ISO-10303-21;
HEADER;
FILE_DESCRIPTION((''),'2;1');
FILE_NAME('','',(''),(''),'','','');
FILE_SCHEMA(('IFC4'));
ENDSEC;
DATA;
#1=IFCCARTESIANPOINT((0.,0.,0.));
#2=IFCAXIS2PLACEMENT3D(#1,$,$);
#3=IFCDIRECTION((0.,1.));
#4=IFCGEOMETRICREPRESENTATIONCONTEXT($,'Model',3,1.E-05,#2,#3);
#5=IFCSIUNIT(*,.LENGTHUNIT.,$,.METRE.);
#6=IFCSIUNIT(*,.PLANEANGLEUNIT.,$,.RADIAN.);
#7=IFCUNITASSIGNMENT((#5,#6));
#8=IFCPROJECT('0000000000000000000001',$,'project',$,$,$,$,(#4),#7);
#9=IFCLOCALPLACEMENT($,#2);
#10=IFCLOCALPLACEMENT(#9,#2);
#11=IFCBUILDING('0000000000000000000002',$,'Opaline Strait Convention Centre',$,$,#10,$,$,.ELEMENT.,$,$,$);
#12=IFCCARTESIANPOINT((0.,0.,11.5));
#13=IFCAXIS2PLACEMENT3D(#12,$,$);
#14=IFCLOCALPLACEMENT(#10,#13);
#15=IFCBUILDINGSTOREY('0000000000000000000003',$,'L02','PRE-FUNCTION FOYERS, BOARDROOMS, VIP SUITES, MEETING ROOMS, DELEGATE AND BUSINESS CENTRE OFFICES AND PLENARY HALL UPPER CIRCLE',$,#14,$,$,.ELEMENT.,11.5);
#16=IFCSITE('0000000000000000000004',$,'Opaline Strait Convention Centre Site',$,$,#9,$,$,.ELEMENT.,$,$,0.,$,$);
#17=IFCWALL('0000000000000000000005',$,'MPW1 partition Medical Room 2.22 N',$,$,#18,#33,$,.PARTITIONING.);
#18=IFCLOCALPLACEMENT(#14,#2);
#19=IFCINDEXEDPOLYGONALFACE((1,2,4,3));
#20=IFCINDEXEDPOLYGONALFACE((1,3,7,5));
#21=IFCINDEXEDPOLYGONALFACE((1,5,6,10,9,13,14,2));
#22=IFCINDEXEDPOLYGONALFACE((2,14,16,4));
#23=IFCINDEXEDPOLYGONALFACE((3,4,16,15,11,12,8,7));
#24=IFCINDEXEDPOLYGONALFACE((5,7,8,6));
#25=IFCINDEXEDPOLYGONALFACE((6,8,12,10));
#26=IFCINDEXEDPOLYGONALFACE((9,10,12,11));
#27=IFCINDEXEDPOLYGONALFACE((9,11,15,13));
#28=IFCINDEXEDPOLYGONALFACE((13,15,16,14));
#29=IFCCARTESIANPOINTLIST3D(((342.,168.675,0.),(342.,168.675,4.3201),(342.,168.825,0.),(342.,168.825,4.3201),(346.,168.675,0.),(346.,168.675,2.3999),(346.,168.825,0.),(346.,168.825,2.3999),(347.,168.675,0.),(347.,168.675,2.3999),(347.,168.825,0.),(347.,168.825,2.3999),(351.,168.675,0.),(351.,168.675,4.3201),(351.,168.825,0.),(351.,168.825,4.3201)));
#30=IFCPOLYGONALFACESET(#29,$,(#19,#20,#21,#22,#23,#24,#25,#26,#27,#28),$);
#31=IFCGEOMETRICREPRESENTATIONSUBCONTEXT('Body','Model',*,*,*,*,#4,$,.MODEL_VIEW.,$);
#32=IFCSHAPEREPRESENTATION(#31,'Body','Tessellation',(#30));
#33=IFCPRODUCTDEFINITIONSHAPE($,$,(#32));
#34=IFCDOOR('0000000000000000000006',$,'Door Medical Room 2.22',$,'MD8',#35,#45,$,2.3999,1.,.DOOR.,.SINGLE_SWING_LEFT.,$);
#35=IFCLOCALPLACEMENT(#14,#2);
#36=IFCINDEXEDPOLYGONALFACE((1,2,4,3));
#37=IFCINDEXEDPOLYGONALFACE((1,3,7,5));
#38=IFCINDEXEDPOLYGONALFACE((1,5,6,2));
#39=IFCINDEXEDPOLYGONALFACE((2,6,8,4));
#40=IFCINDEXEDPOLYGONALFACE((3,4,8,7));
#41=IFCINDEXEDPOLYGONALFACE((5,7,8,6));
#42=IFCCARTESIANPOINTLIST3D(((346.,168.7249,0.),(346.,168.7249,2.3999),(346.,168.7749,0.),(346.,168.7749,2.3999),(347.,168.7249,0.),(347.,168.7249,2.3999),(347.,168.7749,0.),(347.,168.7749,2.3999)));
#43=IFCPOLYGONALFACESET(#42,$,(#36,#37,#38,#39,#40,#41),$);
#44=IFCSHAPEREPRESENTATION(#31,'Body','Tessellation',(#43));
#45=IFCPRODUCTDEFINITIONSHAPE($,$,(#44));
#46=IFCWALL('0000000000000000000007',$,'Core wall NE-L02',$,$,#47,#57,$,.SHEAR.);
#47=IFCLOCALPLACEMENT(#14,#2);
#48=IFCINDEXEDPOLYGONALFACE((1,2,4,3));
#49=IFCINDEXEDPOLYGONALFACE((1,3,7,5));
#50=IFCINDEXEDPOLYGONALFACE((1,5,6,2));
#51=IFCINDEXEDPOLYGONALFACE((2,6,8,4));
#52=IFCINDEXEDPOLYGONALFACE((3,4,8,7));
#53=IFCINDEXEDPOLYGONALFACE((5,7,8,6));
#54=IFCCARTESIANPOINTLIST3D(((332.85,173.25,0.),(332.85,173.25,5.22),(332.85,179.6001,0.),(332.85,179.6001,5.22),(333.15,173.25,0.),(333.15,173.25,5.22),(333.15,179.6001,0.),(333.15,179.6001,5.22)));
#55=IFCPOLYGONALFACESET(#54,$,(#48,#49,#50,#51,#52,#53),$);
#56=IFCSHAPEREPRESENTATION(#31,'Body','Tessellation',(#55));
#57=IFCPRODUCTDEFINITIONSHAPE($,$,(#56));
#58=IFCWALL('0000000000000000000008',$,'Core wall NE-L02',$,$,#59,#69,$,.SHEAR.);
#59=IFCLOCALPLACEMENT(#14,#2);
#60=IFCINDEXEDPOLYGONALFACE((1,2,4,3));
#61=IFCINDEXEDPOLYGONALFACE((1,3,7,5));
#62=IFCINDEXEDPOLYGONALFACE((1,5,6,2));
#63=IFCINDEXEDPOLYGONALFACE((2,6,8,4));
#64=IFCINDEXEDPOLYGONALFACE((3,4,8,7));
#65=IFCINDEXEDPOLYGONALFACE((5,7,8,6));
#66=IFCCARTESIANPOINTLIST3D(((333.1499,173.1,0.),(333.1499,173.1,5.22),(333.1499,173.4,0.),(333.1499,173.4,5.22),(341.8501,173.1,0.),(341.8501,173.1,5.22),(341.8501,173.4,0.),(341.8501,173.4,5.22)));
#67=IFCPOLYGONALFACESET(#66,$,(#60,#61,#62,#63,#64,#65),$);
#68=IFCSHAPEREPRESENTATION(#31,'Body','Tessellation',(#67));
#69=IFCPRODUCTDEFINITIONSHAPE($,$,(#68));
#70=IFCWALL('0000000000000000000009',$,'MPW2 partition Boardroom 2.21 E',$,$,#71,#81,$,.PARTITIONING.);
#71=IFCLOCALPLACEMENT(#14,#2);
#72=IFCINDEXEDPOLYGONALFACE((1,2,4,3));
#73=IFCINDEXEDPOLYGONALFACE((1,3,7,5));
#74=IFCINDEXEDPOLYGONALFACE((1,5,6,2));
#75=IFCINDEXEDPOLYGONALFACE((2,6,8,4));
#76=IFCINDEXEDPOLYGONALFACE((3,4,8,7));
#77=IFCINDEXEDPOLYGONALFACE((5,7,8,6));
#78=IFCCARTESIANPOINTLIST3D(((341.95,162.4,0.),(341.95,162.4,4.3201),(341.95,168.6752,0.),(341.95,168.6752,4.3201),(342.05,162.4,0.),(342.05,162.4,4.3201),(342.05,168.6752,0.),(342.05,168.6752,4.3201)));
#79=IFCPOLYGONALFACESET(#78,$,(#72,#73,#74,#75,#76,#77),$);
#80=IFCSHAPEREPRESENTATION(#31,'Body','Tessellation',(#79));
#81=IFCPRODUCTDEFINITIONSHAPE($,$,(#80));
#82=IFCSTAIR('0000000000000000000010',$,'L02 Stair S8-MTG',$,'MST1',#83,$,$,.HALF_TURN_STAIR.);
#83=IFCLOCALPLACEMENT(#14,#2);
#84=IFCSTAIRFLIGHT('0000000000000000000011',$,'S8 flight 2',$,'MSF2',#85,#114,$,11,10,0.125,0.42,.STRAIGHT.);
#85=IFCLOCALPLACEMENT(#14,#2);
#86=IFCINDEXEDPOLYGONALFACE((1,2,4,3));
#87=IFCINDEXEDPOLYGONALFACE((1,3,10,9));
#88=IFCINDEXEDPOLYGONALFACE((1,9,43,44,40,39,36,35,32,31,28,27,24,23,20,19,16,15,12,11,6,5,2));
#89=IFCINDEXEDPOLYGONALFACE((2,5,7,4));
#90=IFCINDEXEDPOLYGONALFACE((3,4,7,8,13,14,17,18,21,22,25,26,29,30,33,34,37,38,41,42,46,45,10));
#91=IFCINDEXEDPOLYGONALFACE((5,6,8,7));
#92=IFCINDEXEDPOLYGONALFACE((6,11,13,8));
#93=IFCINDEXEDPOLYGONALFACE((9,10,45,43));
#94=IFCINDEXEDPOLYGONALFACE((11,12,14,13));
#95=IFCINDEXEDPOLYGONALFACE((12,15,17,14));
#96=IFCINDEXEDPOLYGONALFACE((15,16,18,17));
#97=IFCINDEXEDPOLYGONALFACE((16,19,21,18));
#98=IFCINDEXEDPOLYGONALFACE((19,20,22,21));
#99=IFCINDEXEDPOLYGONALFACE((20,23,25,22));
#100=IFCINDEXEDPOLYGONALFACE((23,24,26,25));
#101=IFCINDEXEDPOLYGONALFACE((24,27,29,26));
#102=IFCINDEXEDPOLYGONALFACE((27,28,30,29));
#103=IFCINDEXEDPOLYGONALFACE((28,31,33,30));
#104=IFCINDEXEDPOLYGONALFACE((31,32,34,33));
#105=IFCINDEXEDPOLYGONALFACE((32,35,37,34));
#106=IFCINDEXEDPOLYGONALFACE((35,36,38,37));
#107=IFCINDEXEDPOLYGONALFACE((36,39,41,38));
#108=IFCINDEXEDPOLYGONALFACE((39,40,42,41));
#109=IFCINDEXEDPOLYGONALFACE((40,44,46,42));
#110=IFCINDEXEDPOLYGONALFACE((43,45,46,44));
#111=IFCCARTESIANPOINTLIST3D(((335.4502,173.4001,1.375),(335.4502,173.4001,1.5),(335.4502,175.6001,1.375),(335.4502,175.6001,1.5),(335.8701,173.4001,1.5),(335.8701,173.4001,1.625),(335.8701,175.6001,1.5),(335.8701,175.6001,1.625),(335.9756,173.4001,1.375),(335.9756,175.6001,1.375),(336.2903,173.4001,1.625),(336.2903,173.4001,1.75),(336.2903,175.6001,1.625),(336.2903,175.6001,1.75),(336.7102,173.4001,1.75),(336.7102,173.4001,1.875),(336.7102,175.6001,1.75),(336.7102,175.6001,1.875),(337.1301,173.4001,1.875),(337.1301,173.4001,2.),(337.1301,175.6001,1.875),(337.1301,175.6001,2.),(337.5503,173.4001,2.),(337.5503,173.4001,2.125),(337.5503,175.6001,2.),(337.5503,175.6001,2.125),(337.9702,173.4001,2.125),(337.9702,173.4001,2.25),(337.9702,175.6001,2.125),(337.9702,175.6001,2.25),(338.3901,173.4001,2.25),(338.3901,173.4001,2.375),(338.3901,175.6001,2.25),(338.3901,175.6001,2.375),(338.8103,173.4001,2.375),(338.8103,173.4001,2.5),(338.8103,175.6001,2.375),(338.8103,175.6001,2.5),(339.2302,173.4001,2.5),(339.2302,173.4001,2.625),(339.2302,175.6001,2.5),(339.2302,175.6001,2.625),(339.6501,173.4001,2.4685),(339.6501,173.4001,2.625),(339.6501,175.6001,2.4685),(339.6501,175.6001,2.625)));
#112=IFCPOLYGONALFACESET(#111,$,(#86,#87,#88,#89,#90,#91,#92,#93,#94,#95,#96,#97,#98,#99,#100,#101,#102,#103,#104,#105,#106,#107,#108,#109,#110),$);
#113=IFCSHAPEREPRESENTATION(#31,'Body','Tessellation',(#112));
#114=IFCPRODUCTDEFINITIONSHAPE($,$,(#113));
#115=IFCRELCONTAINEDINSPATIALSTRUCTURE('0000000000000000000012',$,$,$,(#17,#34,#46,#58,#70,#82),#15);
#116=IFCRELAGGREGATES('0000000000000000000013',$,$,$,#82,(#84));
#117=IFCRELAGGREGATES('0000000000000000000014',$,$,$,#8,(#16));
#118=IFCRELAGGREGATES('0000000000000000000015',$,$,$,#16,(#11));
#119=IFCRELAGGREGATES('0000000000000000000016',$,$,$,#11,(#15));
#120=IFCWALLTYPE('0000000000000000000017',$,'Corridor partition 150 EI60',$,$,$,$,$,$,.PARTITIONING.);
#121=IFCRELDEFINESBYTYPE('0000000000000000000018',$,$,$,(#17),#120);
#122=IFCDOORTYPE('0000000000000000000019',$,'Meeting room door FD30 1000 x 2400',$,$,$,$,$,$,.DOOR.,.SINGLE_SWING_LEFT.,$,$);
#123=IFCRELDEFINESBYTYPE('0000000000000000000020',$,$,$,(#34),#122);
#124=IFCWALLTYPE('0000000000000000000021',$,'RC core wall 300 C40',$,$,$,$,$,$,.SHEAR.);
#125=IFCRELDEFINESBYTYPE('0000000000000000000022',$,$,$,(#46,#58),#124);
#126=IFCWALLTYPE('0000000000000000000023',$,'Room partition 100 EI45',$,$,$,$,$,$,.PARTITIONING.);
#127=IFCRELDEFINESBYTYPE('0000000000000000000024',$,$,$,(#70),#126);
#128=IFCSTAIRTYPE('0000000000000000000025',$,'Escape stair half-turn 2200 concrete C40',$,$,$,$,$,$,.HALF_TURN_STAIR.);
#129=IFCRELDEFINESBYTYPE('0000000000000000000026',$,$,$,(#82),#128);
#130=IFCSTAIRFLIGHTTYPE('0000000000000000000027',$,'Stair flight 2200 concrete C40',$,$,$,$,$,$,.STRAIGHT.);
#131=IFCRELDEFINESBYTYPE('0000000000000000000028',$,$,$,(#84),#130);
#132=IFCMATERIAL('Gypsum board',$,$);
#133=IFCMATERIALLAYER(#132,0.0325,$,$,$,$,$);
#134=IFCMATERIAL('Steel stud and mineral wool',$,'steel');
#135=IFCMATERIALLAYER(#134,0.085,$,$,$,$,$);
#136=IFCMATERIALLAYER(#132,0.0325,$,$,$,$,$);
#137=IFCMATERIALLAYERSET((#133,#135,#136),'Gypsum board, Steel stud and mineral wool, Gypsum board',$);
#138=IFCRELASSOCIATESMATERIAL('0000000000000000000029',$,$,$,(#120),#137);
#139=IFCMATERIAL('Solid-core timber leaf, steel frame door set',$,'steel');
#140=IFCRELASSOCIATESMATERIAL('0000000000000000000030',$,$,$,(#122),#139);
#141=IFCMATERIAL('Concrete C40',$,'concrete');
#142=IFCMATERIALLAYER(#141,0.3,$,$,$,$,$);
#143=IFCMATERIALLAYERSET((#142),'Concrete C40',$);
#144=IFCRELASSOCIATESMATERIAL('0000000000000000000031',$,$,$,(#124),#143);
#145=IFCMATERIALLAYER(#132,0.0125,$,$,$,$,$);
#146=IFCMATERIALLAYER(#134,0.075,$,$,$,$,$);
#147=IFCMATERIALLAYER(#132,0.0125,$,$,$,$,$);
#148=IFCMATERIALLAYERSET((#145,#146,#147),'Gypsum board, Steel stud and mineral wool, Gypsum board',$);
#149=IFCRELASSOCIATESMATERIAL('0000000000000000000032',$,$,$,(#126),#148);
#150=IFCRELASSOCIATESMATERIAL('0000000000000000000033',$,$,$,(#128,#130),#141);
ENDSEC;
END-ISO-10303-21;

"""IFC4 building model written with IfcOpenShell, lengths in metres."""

from ifc_helpers import new_model, si_unit, direction, frame, frame_2d, origin, place, context, subcontext, project, spatial, polyline, rectangle, outline, extrude, material, layer, layer_set, type_object, element, fill, aggregate, save


model = new_model("IFC4")

# Units and contexts
model_context = context("Model", 3, precision=1e-05, world=origin(), true_north=direction((0.0, 1.0)))
body_context = subcontext(model_context, "Body", "Model", "MODEL_VIEW")
ifc_project = project(units=[si_unit("LENGTHUNIT", "METRE"), si_unit("PLANEANGLEUNIT", "RADIAN")], contexts=[model_context])

# Site, building, storey
site_placement = place(None, origin())
site = spatial("IfcSite", under=ifc_project, at=site_placement, Name="Opaline Strait Convention Centre Site", CompositionType="ELEMENT", RefElevation=0.0)
building_placement = place(site_placement, origin())
building = spatial("IfcBuilding", under=site, at=building_placement, Name="Opaline Strait Convention Centre", CompositionType="ELEMENT")
storey_placement = place(building_placement, frame((0.0, 0.0, 11.5)))
storey = spatial("IfcBuildingStorey", under=building, at=storey_placement, Name="L02", Description="PRE-FUNCTION FOYERS, BOARDROOMS, VIP SUITES, MEETING ROOMS, DELEGATE AND BUSINESS CENTRE OFFICES AND PLENARY HALL UPPER CIRCLE", CompositionType="ELEMENT", Elevation=11.5)

# Shared definitions
ifc_material_1 = material(Name="Concrete C40", Category="concrete")

# Shared definitions
ifc_material_2 = material(Name="Gypsum board")
ifc_layer_1 = layer(ifc_material_2, 0.0325)
ifc_material_3 = material(Name="Steel stud and mineral wool", Category="steel")
ifc_layer_2 = layer(ifc_material_3, 0.085)
ifc_layer_3 = layer(ifc_material_2, 0.0325)
ifc_layer_set_1 = layer_set([ifc_layer_1, ifc_layer_2, ifc_layer_3], Name="Gypsum board, Steel stud and mineral wool, Gypsum board")
wall_type_1 = type_object("IfcWallType", Name="Corridor partition 150 EI60", PredefinedType="PARTITIONING", material=ifc_layer_set_1)

# Shared definitions
ifc_material_4 = material(Name="Solid-core timber leaf, steel frame door set", Category="steel")
door_type_1 = type_object("IfcDoorType", Name="Meeting room door FD30 1000 x 2400", OperationType="SINGLE_SWING_LEFT", PredefinedType="DOOR", material=ifc_material_4)

# Wall, opening, door
wall_1_placement = place(storey_placement, frame((342.0, 168.75, 0.0), z_axis=(0.0, 0.0, 1.0), x_axis=(1.0, 0.0, 0.0)))
wall_1 = element("IfcWall", 1, at=wall_1_placement, inside=storey, type_object=wall_type_1, Name="MPW1 partition Medical Room 2.22 N", PredefinedType="PARTITIONING", context=body_context, shape_type="SweptSolid", body=[
    extrude(rectangle(XDim=9.0, YDim=0.1499, at=frame_2d((4.5, 0.0))), origin(), (0.0, 0.0, 1.0), 4.3201),
])
opening_1_placement = place(wall_1_placement, frame((4.0, 0.0, 0.0)))
opening_1 = element("IfcOpeningElement", 2, at=opening_1_placement, cuts=wall_1, PredefinedType="OPENING", context=body_context, shape_type="SweptSolid", body=[
    extrude(rectangle(XDim=1.0, YDim=2.3999, at=frame_2d((0.5, 1.2))), frame((0.0, 0.085, 0.0), z_axis=(0.0, -1.0, 0.0), x_axis=(1.0, 0.0, 0.0)), (0.0, 0.0, 1.0), 0.1699),
])
door_1_placement = place(opening_1_placement, origin())
door_1 = element("IfcDoor", 3, at=door_1_placement, inside=storey, type_object=door_type_1, Name="Door Medical Room 2.22", ObjectType="MD8", OperationType="SINGLE_SWING_LEFT", OverallHeight=2.3999, OverallWidth=1.0, PredefinedType="DOOR", context=body_context, shape_type="SweptSolid", body=[
    extrude(rectangle(XDim=1.0, YDim=2.3999, at=frame_2d((0.5, 1.2))), frame((0.0, 0.0249, 0.0), z_axis=(0.0, -1.0, 0.0), x_axis=(1.0, 0.0, 0.0)), (0.0, 0.0, 1.0), 0.05),
])
fill(opening_1, door_1)
ifc_layer_4 = layer(ifc_material_1, 0.3)
ifc_layer_set_2 = layer_set([ifc_layer_4], Name="Concrete C40")
wall_type_2 = type_object("IfcWallType", Name="RC core wall 300 C40", PredefinedType="SHEAR", material=ifc_layer_set_2)

# Walls
wall_2_placement = place(storey_placement, frame((333.0, 173.25, 0.0), z_axis=(0.0, 0.0, 1.0), x_axis=(0.0, 1.0, 0.0)))
element("IfcWall", 4, at=wall_2_placement, inside=storey, type_object=wall_type_2, Name="Core wall NE-L02", PredefinedType="SHEAR", context=body_context, shape_type="SweptSolid", body=[
    extrude(rectangle(XDim=6.3501, YDim=0.3, at=frame_2d((3.175, 0.0))), origin(), (0.0, 0.0, 1.0), 5.22),
])
wall_3_placement = place(storey_placement, frame((333.1499, 173.25, 0.0), z_axis=(0.0, 0.0, 1.0), x_axis=(1.0, 0.0, 0.0)))
element("IfcWall", 5, at=wall_3_placement, inside=storey, type_object=wall_type_2, Name="Core wall NE-L02", PredefinedType="SHEAR", context=body_context, shape_type="SweptSolid", body=[
    extrude(rectangle(XDim=8.7002, YDim=0.3, at=frame_2d((4.3501, 0.0))), origin(), (0.0, 0.0, 1.0), 5.22),
])

# Wall
ifc_layer_5 = layer(ifc_material_2, 0.0125)
ifc_layer_6 = layer(ifc_material_3, 0.075)
ifc_layer_7 = layer(ifc_material_2, 0.0125)
ifc_layer_set_3 = layer_set([ifc_layer_5, ifc_layer_6, ifc_layer_7], Name="Gypsum board, Steel stud and mineral wool, Gypsum board")
wall_type_3 = type_object("IfcWallType", Name="Room partition 100 EI45", PredefinedType="PARTITIONING", material=ifc_layer_set_3)
wall_4_placement = place(storey_placement, frame((342.0, 162.3999, 0.0), z_axis=(0.0, 0.0, 1.0), x_axis=(0.0, 1.0, 0.0)))
element("IfcWall", 6, at=wall_4_placement, inside=storey, type_object=wall_type_3, Name="MPW2 partition Boardroom 2.21 E", PredefinedType="PARTITIONING", context=body_context, shape_type="SweptSolid", body=[
    extrude(rectangle(XDim=6.2751, YDim=0.1001, at=frame_2d((3.1377, 0.0))), origin(), (0.0, 0.0, 1.0), 4.3201),
])

# Stair, stair flight
stair_type = type_object("IfcStairType", Name="Escape stair half-turn 2200 concrete C40", PredefinedType="HALF_TURN_STAIR", material=ifc_material_1)
stair_placement = place(storey_placement, origin())
stair = element("IfcStair", 7, at=stair_placement, inside=storey, type_object=stair_type, Name="L02 Stair S8-MTG", ObjectType="MST1", PredefinedType="HALF_TURN_STAIR")
stair_flight_type = type_object("IfcStairFlightType", Name="Stair flight 2200 concrete C40", PredefinedType="STRAIGHT", material=ifc_material_1)
stair_flight_placement = place(storey_placement, frame((335.4502, 174.5, 1.375), z_axis=(0.0, 0.0, 1.0), x_axis=(1.0, 0.0, 0.0)))
stair_flight = element("IfcStairFlight", 8, at=stair_flight_placement, type_object=stair_flight_type, Name="S8 flight 2", ObjectType="MSF2", NumberOfRisers=11, NumberOfTreads=10, PredefinedType="STRAIGHT", RiserHeight=0.125, TreadLength=0.42, context=body_context, shape_type="SweptSolid", body=[
    extrude(outline(polyline([(0.0, 0.0), (0.0, 0.125), (0.4199, 0.125), (0.4199, 0.25), (0.8401, 0.25), (0.8401, 0.375), (1.26, 0.375), (1.26, 0.5), (1.6799, 0.5), (1.6799, 0.625), (2.1001, 0.625), (2.1001, 0.75), (2.52, 0.75), (2.52, 0.875), (2.9399, 0.875), (2.9399, 1.0), (3.3601, 1.0), (3.3601, 1.125), (3.78, 1.125), (3.78, 1.25), (4.2, 1.25), (4.2, 1.375), (4.2, 1.0935), (0.5254, 0.0), (0.0, 0.0)])), frame((0.0, 1.1001, 0.0), z_axis=(0.0, -1.0, 0.0), x_axis=(1.0, 0.0, 0.0)), (0.0, 0.0, 1.0), 2.2),
])
aggregate(stair, [stair_flight])

save(model, "model.ifc")
